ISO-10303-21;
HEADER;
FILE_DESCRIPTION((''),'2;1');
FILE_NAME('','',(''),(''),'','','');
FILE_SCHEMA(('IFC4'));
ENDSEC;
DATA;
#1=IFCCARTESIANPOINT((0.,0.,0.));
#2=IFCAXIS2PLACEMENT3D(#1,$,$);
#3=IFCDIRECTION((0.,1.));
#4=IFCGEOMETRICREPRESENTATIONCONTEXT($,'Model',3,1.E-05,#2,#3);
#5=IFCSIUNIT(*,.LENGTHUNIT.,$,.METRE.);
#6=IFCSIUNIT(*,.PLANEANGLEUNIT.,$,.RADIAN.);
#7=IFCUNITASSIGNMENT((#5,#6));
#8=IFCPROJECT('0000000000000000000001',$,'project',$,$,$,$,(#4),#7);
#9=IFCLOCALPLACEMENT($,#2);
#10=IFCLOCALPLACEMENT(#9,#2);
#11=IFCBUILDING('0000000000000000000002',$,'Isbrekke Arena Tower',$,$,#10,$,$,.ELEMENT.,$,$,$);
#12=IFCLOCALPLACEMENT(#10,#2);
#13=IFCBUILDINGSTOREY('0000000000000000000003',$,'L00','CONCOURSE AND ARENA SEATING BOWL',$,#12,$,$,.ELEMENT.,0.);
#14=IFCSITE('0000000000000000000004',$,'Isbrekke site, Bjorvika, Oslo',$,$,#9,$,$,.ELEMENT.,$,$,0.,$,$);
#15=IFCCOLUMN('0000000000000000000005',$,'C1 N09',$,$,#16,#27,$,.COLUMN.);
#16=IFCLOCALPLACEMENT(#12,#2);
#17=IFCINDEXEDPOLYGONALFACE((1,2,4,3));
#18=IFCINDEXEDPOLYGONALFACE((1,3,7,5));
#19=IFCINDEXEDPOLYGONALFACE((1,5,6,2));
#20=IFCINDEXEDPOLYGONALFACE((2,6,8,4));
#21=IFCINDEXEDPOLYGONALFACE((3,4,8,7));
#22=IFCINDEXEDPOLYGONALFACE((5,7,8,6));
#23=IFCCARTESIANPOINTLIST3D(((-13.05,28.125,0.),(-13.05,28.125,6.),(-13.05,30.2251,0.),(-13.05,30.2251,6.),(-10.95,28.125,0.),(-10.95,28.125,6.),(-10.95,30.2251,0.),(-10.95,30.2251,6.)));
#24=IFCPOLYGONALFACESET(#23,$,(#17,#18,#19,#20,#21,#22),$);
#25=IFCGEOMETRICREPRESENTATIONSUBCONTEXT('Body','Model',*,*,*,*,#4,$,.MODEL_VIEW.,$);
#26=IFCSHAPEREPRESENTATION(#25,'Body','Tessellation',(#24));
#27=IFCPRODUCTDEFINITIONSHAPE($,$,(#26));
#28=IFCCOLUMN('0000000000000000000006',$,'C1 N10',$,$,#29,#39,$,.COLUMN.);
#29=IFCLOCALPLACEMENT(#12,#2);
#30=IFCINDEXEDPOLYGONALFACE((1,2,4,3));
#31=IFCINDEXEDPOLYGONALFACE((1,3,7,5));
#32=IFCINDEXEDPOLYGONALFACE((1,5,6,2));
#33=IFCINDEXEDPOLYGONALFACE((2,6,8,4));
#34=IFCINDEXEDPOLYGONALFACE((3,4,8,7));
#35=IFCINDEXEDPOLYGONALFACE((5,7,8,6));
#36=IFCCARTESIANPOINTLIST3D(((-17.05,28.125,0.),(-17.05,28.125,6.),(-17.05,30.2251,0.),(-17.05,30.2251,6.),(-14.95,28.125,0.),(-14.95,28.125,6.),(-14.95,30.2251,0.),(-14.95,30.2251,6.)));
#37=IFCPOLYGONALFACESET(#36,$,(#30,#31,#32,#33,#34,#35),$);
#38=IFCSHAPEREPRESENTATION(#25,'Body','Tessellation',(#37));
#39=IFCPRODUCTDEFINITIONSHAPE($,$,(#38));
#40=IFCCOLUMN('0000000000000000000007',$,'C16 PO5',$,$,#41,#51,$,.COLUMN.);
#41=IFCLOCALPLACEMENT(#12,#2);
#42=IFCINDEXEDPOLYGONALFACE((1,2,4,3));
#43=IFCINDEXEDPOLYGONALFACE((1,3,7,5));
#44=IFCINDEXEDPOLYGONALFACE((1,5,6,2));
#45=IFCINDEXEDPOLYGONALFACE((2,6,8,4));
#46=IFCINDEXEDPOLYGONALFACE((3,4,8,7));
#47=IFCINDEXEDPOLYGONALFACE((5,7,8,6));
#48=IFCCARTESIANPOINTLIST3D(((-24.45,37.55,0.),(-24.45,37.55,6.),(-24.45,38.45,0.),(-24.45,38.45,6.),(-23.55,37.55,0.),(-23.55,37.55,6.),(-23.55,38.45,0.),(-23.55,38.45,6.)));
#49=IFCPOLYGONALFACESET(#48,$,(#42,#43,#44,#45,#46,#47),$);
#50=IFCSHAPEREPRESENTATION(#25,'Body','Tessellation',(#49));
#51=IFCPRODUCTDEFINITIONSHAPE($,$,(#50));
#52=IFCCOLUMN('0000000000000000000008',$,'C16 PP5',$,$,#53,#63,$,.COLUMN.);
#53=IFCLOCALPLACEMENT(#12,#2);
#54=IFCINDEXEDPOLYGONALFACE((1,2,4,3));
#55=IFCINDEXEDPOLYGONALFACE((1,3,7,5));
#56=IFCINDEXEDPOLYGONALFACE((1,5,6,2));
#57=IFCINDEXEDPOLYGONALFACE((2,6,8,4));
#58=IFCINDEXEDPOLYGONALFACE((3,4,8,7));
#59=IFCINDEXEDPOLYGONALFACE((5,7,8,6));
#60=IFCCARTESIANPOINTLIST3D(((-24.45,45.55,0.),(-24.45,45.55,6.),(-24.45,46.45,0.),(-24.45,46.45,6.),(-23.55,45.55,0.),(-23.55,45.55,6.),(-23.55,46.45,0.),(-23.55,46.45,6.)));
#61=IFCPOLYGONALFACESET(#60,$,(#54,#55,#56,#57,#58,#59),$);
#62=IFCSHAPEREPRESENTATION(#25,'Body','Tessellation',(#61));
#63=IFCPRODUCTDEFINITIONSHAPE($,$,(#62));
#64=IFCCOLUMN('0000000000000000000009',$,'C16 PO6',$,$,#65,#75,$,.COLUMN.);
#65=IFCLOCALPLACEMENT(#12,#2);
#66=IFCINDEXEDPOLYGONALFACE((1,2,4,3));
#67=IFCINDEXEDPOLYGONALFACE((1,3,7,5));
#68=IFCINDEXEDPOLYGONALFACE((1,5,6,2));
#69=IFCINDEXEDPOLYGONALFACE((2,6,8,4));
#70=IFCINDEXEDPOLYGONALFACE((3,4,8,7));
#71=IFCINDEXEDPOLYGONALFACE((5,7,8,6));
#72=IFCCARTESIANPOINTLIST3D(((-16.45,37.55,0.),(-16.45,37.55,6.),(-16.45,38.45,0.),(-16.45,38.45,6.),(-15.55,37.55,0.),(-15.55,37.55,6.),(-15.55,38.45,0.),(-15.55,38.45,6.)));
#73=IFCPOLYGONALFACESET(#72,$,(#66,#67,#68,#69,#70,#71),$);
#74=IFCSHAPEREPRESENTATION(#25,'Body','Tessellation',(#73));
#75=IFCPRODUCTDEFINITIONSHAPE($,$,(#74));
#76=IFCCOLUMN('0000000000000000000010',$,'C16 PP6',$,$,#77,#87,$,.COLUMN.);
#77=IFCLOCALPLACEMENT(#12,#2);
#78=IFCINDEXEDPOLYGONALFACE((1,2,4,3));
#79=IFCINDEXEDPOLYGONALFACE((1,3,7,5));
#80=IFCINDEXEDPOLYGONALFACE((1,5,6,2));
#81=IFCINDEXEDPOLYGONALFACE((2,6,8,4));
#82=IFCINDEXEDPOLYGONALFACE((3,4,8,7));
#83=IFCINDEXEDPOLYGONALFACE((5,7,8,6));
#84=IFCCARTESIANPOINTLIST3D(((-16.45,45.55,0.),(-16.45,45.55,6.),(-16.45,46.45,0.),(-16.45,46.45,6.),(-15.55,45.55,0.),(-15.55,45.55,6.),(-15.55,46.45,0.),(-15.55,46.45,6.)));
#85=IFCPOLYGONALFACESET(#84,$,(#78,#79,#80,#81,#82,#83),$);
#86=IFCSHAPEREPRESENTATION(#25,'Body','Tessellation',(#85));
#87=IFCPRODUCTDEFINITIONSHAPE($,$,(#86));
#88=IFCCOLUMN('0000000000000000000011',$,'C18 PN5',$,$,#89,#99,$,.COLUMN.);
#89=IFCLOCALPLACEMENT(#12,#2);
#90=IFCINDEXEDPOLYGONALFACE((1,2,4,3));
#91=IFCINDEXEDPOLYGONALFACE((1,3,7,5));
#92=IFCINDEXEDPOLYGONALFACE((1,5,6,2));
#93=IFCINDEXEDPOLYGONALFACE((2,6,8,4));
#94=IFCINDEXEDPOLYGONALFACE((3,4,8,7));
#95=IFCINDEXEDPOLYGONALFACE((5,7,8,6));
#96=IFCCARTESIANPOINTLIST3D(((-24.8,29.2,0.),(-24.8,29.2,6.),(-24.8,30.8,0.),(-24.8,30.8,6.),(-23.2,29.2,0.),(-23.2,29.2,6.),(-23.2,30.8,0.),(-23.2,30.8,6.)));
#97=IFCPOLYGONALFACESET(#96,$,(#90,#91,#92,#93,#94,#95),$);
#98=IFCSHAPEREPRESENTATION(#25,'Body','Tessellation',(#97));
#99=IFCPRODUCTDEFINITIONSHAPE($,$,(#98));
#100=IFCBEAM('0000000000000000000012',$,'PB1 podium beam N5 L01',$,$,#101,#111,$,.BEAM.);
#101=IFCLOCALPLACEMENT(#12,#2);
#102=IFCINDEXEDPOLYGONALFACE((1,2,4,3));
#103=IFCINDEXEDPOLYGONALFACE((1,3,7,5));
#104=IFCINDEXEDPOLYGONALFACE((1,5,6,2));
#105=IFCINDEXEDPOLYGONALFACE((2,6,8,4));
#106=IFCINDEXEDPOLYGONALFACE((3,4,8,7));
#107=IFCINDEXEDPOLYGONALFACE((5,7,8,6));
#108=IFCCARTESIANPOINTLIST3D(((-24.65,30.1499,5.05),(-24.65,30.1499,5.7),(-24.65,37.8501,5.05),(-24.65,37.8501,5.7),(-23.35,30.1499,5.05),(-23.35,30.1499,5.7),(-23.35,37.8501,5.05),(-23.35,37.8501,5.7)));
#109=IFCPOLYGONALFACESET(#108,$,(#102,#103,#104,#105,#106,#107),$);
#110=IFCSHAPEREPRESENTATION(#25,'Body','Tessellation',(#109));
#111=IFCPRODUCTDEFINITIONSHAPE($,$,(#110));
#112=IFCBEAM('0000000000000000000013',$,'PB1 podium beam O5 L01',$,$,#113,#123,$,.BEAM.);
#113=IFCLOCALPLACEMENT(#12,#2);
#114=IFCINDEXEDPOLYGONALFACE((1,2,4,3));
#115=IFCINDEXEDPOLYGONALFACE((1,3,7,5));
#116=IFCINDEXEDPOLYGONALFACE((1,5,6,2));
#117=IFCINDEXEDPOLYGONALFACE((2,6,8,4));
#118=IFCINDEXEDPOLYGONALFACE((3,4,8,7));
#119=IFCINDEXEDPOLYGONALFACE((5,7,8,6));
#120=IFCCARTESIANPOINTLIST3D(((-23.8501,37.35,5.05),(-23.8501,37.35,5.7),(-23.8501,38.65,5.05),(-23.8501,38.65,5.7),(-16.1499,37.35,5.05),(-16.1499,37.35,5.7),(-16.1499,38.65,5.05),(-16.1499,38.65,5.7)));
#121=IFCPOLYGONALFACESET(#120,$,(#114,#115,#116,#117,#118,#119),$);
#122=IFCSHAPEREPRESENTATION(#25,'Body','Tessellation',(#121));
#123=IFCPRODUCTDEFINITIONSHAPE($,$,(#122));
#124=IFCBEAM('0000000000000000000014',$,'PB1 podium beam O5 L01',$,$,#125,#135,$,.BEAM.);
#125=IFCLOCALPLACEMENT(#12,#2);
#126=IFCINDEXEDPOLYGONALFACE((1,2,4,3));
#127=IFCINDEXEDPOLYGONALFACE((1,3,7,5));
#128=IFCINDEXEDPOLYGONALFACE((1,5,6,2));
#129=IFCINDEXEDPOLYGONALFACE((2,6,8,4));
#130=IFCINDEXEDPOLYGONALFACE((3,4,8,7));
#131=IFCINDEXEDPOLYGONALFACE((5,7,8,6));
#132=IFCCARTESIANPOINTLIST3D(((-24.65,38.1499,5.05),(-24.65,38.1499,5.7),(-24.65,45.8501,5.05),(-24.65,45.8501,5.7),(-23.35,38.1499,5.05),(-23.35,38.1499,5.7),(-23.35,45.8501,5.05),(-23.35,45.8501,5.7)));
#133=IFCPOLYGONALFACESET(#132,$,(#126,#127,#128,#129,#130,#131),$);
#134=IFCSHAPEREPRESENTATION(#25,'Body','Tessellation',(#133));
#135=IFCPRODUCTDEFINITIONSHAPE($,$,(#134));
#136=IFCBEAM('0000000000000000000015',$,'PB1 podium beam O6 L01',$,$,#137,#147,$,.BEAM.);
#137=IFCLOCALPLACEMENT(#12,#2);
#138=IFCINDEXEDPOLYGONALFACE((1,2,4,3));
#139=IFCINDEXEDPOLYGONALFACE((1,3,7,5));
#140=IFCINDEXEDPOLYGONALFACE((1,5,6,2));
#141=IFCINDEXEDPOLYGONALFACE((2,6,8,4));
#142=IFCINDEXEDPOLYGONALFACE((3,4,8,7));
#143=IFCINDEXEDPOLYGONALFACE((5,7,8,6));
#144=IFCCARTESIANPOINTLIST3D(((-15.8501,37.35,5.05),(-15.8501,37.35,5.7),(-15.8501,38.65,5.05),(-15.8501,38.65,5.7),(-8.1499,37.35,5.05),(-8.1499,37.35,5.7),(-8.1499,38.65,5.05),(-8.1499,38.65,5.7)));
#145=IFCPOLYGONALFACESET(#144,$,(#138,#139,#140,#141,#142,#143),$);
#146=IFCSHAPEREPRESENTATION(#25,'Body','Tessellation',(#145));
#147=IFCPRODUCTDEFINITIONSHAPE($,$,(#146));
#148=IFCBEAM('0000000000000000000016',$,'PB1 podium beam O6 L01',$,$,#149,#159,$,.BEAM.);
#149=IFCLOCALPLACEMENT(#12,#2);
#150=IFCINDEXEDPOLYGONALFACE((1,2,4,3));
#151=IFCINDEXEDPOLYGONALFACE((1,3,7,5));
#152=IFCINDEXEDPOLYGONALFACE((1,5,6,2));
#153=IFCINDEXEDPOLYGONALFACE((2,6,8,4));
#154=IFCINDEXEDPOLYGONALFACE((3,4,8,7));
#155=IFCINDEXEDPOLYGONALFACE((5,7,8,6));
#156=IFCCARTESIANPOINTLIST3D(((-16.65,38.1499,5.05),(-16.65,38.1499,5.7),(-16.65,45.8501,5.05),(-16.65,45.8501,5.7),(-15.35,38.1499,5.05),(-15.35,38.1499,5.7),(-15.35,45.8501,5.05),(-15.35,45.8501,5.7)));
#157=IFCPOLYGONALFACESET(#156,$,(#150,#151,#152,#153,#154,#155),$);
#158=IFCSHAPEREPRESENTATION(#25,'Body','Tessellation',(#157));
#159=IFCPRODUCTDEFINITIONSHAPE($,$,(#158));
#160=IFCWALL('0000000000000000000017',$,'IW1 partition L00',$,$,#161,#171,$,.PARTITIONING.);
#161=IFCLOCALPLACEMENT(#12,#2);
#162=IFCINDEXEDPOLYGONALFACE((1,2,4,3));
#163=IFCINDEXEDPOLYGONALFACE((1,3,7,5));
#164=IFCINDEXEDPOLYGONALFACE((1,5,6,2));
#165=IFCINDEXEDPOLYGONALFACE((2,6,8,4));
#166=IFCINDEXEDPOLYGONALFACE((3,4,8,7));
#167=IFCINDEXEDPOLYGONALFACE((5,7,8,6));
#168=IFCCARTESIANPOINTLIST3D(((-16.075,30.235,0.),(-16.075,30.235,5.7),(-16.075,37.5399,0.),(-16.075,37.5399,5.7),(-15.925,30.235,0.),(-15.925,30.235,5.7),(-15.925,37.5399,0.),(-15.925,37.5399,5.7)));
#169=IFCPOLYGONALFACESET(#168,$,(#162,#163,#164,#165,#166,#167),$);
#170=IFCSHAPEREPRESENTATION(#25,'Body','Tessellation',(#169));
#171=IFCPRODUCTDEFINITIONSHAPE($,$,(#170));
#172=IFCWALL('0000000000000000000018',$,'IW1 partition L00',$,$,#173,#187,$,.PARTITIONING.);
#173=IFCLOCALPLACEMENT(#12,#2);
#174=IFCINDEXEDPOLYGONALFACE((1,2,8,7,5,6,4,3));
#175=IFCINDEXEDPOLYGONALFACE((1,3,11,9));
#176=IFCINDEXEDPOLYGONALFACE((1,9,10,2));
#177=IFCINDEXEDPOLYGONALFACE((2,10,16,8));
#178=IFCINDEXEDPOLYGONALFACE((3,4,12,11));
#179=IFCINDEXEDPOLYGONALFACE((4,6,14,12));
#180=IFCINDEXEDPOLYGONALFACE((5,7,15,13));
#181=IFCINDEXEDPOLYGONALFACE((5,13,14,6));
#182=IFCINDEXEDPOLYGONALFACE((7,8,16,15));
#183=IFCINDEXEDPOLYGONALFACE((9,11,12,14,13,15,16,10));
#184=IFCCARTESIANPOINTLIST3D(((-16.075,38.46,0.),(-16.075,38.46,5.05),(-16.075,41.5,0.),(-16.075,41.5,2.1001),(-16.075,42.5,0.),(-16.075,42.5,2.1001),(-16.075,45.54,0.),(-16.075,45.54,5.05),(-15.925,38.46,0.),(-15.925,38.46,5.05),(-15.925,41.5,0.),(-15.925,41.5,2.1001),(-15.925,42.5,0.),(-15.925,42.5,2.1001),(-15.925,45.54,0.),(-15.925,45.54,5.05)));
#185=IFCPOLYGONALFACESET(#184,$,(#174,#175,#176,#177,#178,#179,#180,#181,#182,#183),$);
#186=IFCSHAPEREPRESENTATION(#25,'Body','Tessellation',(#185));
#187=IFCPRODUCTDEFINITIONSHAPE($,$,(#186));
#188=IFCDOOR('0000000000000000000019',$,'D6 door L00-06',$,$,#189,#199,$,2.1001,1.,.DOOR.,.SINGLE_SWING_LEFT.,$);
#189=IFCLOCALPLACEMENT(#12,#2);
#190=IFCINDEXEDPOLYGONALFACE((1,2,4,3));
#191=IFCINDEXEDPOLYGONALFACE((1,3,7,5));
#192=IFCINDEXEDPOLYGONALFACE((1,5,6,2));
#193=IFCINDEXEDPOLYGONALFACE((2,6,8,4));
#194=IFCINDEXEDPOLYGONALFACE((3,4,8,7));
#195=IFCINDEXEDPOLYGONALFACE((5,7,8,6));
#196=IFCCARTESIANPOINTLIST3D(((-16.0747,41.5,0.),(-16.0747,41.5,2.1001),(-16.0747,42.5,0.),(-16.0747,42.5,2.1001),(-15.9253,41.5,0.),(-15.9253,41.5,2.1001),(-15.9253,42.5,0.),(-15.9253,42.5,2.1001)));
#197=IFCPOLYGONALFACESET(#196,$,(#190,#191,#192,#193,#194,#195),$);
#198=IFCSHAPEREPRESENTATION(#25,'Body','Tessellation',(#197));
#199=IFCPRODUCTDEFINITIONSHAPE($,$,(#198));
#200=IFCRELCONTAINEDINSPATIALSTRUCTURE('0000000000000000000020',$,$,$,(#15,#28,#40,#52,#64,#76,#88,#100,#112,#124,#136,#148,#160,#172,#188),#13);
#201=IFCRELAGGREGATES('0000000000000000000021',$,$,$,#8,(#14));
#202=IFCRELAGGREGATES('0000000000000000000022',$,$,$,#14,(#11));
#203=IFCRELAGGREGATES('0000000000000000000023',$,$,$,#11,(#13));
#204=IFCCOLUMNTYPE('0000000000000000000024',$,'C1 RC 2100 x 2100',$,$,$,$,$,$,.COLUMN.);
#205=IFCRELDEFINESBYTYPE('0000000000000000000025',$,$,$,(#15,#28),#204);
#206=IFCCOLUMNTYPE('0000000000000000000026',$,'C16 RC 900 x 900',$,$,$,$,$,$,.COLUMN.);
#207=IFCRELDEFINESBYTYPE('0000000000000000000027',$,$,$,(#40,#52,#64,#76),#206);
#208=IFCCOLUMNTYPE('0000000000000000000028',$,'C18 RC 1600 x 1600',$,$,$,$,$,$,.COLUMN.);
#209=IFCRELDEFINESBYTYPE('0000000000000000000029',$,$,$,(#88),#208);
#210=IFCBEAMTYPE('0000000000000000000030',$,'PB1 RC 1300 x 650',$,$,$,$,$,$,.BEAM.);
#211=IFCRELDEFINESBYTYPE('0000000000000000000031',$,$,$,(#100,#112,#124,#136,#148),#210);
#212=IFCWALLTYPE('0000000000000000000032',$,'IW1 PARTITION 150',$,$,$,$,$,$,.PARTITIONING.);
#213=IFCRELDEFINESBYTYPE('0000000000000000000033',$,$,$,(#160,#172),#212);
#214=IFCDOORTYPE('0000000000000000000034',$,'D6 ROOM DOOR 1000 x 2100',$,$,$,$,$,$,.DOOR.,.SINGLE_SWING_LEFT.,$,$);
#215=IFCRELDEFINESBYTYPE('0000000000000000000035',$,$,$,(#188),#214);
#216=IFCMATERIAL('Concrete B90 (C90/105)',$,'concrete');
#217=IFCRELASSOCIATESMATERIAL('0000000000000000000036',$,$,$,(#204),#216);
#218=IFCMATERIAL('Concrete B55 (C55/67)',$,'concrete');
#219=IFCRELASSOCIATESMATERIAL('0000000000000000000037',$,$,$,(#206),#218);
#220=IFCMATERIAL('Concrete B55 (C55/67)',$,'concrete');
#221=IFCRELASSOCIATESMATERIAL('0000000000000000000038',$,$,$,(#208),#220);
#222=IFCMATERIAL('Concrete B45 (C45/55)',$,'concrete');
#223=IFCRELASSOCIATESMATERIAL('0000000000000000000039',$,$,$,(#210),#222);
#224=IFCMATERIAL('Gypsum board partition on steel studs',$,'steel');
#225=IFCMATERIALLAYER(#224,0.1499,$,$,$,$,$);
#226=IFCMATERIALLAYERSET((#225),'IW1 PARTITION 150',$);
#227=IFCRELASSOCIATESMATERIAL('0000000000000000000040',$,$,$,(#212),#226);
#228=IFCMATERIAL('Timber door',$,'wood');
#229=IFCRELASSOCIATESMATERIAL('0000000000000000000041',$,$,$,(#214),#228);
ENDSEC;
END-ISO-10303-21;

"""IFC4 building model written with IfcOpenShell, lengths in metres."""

from ifc_helpers import new_model, si_unit, direction, frame, frame_2d, origin, origin_2d, place, context, subcontext, project, spatial, rectangle, extrude, material, layer, layer_set, material_profile, profile_set, type_object, element, fill, save


model = new_model("IFC4")

# Units and contexts
model_context = context("Model", 3, precision=1e-05, world=origin(), true_north=direction((0.0, 1.0)))
body_context = subcontext(model_context, "Body", "Model", "MODEL_VIEW")
ifc_project = project(units=[si_unit("LENGTHUNIT", "METRE"), si_unit("PLANEANGLEUNIT", "RADIAN")], contexts=[model_context])

# Site, building, storey
site_placement = place(None, origin())
site = spatial("IfcSite", under=ifc_project, at=site_placement, Name="Isbrekke site, Bjorvika, Oslo", CompositionType="ELEMENT", RefElevation=0.0)
building_placement = place(site_placement, origin())
building = spatial("IfcBuilding", under=site, at=building_placement, Name="Isbrekke Arena Tower", CompositionType="ELEMENT")
storey_placement = place(building_placement, origin())
storey = spatial("IfcBuildingStorey", under=building, at=storey_placement, Name="L00", Description="CONCOURSE AND ARENA SEATING BOWL", CompositionType="ELEMENT", Elevation=0.0)

# Columns
ifc_material_1 = material(Name="Concrete B90 (C90/105)", Category="concrete")
ifc_material_profile_1 = material_profile(ifc_material_1, rectangle(XDim=2.1001, YDim=2.1001, at=origin_2d()), Name="RC 2100x2100")
ifc_profile_set_1 = profile_set([ifc_material_profile_1], Name="Concrete B90 (C90/105)")
column_type_1 = type_object("IfcColumnType", Name="C1 RC 2100 x 2100", PredefinedType="COLUMN", material=ifc_profile_set_1)
for number, where, z_axis, x_axis, name in (
    (1, (-12.0, 29.175, 0.0), (0.0, 0.0, 1.0), (-1.0, 0.0, 0.0), "C1 N09"),
    (2, (-16.0, 29.175, 0.0), (0.0, 0.0, 1.0), (-1.0, 0.0, 0.0), "C1 N10"),
):
    element("IfcColumn", number, at=place(storey_placement, frame(where, z_axis=z_axis, x_axis=x_axis)), inside=storey, type_object=column_type_1, Name=name, PredefinedType="COLUMN", context=body_context, shape_type="SweptSolid", body=[
        extrude(rectangle(XDim=2.1001, YDim=2.1001, at=origin_2d()), origin(), (0.0, 0.0, 1.0), 6.0),
    ])
ifc_material_2 = material(Name="Concrete B55 (C55/67)", Category="concrete")
ifc_material_profile_2 = material_profile(ifc_material_2, rectangle(XDim=0.8999, YDim=0.8999, at=origin_2d()), Name="RC 900x900")
ifc_profile_set_2 = profile_set([ifc_material_profile_2], Name="Concrete B55 (C55/67)")
column_type_2 = type_object("IfcColumnType", Name="C16 RC 900 x 900", PredefinedType="COLUMN", material=ifc_profile_set_2)
for number, where, z_axis, x_axis, name in (
    (3, (-24.0, 38.0, 0.0), (0.0, 0.0, 1.0), (1.0, 0.0, 0.0), "C16 PO5"),
    (4, (-24.0, 46.0, 0.0), (0.0, 0.0, 1.0), (1.0, 0.0, 0.0), "C16 PP5"),
    (5, (-16.0, 38.0, 0.0), (0.0, 0.0, 1.0), (1.0, 0.0, 0.0), "C16 PO6"),
    (6, (-16.0, 46.0, 0.0), (0.0, 0.0, 1.0), (1.0, 0.0, 0.0), "C16 PP6"),
):
    element("IfcColumn", number, at=place(storey_placement, frame(where, z_axis=z_axis, x_axis=x_axis)), inside=storey, type_object=column_type_2, Name=name, PredefinedType="COLUMN", context=body_context, shape_type="SweptSolid", body=[
        extrude(rectangle(XDim=0.8999, YDim=0.8999, at=origin_2d()), origin(), (0.0, 0.0, 1.0), 6.0),
    ])
ifc_material_3 = material(Name="Concrete B55 (C55/67)", Category="concrete")
ifc_material_profile_3 = material_profile(ifc_material_3, rectangle(XDim=1.6001, YDim=1.6001, at=origin_2d()), Name="RC 1600x1600")
ifc_profile_set_3 = profile_set([ifc_material_profile_3], Name="Concrete B55 (C55/67)")
column_type_3 = type_object("IfcColumnType", Name="C18 RC 1600 x 1600", PredefinedType="COLUMN", material=ifc_profile_set_3)
column_placement = place(storey_placement, frame((-24.0, 30.0, 0.0), z_axis=(0.0, 0.0, 1.0), x_axis=(1.0, 0.0, 0.0)))
element("IfcColumn", 7, at=column_placement, inside=storey, type_object=column_type_3, Name="C18 PN5", PredefinedType="COLUMN", context=body_context, shape_type="SweptSolid", body=[
    extrude(rectangle(XDim=1.6001, YDim=1.6001, at=origin_2d()), origin(), (0.0, 0.0, 1.0), 6.0),
])

# Beams
ifc_material_4 = material(Name="Concrete B45 (C45/55)", Category="concrete")
ifc_material_profile_4 = material_profile(ifc_material_4, rectangle(XDim=1.3, YDim=0.6499, at=origin_2d()), Name="RC 1300x650")
ifc_profile_set_4 = profile_set([ifc_material_profile_4], Name="Concrete B45 (C45/55)")
beam_type = type_object("IfcBeamType", Name="PB1 RC 1300 x 650", PredefinedType="BEAM", material=ifc_profile_set_4)
for number, where, z_axis, x_axis, name in (
    (8, (-24.0, 30.1499, 5.375), (0.0, 1.0, 0.0), (-1.0, 0.0, 0.0), "PB1 podium beam N5 L01"),
    (9, (-23.8501, 38.0, 5.375), (1.0, 0.0, 0.0), (0.0, 1.0, 0.0), "PB1 podium beam O5 L01"),
    (10, (-24.0, 38.1499, 5.375), (0.0, 1.0, 0.0), (-1.0, 0.0, 0.0), "PB1 podium beam O5 L01"),
    (11, (-15.8501, 38.0, 5.375), (1.0, 0.0, 0.0), (0.0, 1.0, 0.0), "PB1 podium beam O6 L01"),
    (12, (-16.0, 38.1499, 5.375), (0.0, 1.0, 0.0), (-1.0, 0.0, 0.0), "PB1 podium beam O6 L01"),
):
    element("IfcBeam", number, at=place(storey_placement, frame(where, z_axis=z_axis, x_axis=x_axis)), inside=storey, type_object=beam_type, Name=name, PredefinedType="BEAM", context=body_context, shape_type="SweptSolid", body=[
        extrude(rectangle(XDim=1.3, YDim=0.6499, at=origin_2d()), origin(), (0.0, 0.0, 1.0), 7.7002),
    ])

# Wall
ifc_material_5 = material(Name="Gypsum board partition on steel studs", Category="steel")
ifc_layer_1 = layer(ifc_material_5, 0.1499)
ifc_layer_set_1 = layer_set([ifc_layer_1], Name="IW1 PARTITION 150")
wall_type_1 = type_object("IfcWallType", Name="IW1 PARTITION 150", PredefinedType="PARTITIONING", material=ifc_layer_set_1)
wall_1_placement = place(storey_placement, frame((-16.0, 30.2351, 0.0), z_axis=(0.0, 0.0, 1.0), x_axis=(0.0, 1.0, 0.0)))
element("IfcWall", 13, at=wall_1_placement, inside=storey, type_object=wall_type_1, Name="IW1 partition L00", PredefinedType="PARTITIONING", context=body_context, shape_type="SweptSolid", body=[
    extrude(rectangle(XDim=7.3049, YDim=0.1499, at=frame_2d((3.6523, 0.0))), origin(), (0.0, 0.0, 1.0), 5.7),
])

# Wall, opening, door
wall_2_placement = place(storey_placement, frame((-16.0, 38.46, 0.0), z_axis=(0.0, 0.0, 1.0), x_axis=(0.0, 1.0, 0.0)))
wall_2 = element("IfcWall", 14, at=wall_2_placement, inside=storey, type_object=wall_type_1, Name="IW1 partition L00", PredefinedType="PARTITIONING", context=body_context, shape_type="SweptSolid", body=[
    extrude(rectangle(XDim=7.0801, YDim=0.1499, at=frame_2d((3.54, 0.0))), origin(), (0.0, 0.0, 1.0), 5.05),
])
opening_1_placement = place(wall_2_placement, frame((3.04, 0.0, 0.0)))
opening_1 = element("IfcOpeningElement", 15, at=opening_1_placement, cuts=wall_2, PredefinedType="OPENING", context=body_context, shape_type="SweptSolid", body=[
    extrude(rectangle(XDim=1.0, YDim=2.1001, at=frame_2d((0.5, 1.05))), frame((0.0, 0.0898, 0.0), z_axis=(0.0, -1.0, 0.0), x_axis=(1.0, 0.0, 0.0)), (0.0, 0.0, 1.0), 0.1797),
])
ifc_material_6 = material(Name="Timber door", Category="wood")
door_type_1 = type_object("IfcDoorType", Name="D6 ROOM DOOR 1000 x 2100", OperationType="SINGLE_SWING_LEFT", PredefinedType="DOOR", material=ifc_material_6)
door_1_placement = place(opening_1_placement, origin())
door_1 = element("IfcDoor", 16, at=door_1_placement, inside=storey, type_object=door_type_1, Name="D6 door L00-06", OperationType="SINGLE_SWING_LEFT", OverallHeight=2.1001, OverallWidth=1.0, PredefinedType="DOOR", context=body_context, shape_type="SweptSolid", body=[
    extrude(rectangle(XDim=1.0, YDim=2.1001, at=frame_2d((0.5, 1.05))), frame((0.0, 0.0747, 0.0), z_axis=(0.0, -1.0, 0.0), x_axis=(1.0, 0.0, 0.0)), (0.0, 0.0, 1.0), 0.1494),
])
fill(opening_1, door_1)

save(model, "model.ifc")
